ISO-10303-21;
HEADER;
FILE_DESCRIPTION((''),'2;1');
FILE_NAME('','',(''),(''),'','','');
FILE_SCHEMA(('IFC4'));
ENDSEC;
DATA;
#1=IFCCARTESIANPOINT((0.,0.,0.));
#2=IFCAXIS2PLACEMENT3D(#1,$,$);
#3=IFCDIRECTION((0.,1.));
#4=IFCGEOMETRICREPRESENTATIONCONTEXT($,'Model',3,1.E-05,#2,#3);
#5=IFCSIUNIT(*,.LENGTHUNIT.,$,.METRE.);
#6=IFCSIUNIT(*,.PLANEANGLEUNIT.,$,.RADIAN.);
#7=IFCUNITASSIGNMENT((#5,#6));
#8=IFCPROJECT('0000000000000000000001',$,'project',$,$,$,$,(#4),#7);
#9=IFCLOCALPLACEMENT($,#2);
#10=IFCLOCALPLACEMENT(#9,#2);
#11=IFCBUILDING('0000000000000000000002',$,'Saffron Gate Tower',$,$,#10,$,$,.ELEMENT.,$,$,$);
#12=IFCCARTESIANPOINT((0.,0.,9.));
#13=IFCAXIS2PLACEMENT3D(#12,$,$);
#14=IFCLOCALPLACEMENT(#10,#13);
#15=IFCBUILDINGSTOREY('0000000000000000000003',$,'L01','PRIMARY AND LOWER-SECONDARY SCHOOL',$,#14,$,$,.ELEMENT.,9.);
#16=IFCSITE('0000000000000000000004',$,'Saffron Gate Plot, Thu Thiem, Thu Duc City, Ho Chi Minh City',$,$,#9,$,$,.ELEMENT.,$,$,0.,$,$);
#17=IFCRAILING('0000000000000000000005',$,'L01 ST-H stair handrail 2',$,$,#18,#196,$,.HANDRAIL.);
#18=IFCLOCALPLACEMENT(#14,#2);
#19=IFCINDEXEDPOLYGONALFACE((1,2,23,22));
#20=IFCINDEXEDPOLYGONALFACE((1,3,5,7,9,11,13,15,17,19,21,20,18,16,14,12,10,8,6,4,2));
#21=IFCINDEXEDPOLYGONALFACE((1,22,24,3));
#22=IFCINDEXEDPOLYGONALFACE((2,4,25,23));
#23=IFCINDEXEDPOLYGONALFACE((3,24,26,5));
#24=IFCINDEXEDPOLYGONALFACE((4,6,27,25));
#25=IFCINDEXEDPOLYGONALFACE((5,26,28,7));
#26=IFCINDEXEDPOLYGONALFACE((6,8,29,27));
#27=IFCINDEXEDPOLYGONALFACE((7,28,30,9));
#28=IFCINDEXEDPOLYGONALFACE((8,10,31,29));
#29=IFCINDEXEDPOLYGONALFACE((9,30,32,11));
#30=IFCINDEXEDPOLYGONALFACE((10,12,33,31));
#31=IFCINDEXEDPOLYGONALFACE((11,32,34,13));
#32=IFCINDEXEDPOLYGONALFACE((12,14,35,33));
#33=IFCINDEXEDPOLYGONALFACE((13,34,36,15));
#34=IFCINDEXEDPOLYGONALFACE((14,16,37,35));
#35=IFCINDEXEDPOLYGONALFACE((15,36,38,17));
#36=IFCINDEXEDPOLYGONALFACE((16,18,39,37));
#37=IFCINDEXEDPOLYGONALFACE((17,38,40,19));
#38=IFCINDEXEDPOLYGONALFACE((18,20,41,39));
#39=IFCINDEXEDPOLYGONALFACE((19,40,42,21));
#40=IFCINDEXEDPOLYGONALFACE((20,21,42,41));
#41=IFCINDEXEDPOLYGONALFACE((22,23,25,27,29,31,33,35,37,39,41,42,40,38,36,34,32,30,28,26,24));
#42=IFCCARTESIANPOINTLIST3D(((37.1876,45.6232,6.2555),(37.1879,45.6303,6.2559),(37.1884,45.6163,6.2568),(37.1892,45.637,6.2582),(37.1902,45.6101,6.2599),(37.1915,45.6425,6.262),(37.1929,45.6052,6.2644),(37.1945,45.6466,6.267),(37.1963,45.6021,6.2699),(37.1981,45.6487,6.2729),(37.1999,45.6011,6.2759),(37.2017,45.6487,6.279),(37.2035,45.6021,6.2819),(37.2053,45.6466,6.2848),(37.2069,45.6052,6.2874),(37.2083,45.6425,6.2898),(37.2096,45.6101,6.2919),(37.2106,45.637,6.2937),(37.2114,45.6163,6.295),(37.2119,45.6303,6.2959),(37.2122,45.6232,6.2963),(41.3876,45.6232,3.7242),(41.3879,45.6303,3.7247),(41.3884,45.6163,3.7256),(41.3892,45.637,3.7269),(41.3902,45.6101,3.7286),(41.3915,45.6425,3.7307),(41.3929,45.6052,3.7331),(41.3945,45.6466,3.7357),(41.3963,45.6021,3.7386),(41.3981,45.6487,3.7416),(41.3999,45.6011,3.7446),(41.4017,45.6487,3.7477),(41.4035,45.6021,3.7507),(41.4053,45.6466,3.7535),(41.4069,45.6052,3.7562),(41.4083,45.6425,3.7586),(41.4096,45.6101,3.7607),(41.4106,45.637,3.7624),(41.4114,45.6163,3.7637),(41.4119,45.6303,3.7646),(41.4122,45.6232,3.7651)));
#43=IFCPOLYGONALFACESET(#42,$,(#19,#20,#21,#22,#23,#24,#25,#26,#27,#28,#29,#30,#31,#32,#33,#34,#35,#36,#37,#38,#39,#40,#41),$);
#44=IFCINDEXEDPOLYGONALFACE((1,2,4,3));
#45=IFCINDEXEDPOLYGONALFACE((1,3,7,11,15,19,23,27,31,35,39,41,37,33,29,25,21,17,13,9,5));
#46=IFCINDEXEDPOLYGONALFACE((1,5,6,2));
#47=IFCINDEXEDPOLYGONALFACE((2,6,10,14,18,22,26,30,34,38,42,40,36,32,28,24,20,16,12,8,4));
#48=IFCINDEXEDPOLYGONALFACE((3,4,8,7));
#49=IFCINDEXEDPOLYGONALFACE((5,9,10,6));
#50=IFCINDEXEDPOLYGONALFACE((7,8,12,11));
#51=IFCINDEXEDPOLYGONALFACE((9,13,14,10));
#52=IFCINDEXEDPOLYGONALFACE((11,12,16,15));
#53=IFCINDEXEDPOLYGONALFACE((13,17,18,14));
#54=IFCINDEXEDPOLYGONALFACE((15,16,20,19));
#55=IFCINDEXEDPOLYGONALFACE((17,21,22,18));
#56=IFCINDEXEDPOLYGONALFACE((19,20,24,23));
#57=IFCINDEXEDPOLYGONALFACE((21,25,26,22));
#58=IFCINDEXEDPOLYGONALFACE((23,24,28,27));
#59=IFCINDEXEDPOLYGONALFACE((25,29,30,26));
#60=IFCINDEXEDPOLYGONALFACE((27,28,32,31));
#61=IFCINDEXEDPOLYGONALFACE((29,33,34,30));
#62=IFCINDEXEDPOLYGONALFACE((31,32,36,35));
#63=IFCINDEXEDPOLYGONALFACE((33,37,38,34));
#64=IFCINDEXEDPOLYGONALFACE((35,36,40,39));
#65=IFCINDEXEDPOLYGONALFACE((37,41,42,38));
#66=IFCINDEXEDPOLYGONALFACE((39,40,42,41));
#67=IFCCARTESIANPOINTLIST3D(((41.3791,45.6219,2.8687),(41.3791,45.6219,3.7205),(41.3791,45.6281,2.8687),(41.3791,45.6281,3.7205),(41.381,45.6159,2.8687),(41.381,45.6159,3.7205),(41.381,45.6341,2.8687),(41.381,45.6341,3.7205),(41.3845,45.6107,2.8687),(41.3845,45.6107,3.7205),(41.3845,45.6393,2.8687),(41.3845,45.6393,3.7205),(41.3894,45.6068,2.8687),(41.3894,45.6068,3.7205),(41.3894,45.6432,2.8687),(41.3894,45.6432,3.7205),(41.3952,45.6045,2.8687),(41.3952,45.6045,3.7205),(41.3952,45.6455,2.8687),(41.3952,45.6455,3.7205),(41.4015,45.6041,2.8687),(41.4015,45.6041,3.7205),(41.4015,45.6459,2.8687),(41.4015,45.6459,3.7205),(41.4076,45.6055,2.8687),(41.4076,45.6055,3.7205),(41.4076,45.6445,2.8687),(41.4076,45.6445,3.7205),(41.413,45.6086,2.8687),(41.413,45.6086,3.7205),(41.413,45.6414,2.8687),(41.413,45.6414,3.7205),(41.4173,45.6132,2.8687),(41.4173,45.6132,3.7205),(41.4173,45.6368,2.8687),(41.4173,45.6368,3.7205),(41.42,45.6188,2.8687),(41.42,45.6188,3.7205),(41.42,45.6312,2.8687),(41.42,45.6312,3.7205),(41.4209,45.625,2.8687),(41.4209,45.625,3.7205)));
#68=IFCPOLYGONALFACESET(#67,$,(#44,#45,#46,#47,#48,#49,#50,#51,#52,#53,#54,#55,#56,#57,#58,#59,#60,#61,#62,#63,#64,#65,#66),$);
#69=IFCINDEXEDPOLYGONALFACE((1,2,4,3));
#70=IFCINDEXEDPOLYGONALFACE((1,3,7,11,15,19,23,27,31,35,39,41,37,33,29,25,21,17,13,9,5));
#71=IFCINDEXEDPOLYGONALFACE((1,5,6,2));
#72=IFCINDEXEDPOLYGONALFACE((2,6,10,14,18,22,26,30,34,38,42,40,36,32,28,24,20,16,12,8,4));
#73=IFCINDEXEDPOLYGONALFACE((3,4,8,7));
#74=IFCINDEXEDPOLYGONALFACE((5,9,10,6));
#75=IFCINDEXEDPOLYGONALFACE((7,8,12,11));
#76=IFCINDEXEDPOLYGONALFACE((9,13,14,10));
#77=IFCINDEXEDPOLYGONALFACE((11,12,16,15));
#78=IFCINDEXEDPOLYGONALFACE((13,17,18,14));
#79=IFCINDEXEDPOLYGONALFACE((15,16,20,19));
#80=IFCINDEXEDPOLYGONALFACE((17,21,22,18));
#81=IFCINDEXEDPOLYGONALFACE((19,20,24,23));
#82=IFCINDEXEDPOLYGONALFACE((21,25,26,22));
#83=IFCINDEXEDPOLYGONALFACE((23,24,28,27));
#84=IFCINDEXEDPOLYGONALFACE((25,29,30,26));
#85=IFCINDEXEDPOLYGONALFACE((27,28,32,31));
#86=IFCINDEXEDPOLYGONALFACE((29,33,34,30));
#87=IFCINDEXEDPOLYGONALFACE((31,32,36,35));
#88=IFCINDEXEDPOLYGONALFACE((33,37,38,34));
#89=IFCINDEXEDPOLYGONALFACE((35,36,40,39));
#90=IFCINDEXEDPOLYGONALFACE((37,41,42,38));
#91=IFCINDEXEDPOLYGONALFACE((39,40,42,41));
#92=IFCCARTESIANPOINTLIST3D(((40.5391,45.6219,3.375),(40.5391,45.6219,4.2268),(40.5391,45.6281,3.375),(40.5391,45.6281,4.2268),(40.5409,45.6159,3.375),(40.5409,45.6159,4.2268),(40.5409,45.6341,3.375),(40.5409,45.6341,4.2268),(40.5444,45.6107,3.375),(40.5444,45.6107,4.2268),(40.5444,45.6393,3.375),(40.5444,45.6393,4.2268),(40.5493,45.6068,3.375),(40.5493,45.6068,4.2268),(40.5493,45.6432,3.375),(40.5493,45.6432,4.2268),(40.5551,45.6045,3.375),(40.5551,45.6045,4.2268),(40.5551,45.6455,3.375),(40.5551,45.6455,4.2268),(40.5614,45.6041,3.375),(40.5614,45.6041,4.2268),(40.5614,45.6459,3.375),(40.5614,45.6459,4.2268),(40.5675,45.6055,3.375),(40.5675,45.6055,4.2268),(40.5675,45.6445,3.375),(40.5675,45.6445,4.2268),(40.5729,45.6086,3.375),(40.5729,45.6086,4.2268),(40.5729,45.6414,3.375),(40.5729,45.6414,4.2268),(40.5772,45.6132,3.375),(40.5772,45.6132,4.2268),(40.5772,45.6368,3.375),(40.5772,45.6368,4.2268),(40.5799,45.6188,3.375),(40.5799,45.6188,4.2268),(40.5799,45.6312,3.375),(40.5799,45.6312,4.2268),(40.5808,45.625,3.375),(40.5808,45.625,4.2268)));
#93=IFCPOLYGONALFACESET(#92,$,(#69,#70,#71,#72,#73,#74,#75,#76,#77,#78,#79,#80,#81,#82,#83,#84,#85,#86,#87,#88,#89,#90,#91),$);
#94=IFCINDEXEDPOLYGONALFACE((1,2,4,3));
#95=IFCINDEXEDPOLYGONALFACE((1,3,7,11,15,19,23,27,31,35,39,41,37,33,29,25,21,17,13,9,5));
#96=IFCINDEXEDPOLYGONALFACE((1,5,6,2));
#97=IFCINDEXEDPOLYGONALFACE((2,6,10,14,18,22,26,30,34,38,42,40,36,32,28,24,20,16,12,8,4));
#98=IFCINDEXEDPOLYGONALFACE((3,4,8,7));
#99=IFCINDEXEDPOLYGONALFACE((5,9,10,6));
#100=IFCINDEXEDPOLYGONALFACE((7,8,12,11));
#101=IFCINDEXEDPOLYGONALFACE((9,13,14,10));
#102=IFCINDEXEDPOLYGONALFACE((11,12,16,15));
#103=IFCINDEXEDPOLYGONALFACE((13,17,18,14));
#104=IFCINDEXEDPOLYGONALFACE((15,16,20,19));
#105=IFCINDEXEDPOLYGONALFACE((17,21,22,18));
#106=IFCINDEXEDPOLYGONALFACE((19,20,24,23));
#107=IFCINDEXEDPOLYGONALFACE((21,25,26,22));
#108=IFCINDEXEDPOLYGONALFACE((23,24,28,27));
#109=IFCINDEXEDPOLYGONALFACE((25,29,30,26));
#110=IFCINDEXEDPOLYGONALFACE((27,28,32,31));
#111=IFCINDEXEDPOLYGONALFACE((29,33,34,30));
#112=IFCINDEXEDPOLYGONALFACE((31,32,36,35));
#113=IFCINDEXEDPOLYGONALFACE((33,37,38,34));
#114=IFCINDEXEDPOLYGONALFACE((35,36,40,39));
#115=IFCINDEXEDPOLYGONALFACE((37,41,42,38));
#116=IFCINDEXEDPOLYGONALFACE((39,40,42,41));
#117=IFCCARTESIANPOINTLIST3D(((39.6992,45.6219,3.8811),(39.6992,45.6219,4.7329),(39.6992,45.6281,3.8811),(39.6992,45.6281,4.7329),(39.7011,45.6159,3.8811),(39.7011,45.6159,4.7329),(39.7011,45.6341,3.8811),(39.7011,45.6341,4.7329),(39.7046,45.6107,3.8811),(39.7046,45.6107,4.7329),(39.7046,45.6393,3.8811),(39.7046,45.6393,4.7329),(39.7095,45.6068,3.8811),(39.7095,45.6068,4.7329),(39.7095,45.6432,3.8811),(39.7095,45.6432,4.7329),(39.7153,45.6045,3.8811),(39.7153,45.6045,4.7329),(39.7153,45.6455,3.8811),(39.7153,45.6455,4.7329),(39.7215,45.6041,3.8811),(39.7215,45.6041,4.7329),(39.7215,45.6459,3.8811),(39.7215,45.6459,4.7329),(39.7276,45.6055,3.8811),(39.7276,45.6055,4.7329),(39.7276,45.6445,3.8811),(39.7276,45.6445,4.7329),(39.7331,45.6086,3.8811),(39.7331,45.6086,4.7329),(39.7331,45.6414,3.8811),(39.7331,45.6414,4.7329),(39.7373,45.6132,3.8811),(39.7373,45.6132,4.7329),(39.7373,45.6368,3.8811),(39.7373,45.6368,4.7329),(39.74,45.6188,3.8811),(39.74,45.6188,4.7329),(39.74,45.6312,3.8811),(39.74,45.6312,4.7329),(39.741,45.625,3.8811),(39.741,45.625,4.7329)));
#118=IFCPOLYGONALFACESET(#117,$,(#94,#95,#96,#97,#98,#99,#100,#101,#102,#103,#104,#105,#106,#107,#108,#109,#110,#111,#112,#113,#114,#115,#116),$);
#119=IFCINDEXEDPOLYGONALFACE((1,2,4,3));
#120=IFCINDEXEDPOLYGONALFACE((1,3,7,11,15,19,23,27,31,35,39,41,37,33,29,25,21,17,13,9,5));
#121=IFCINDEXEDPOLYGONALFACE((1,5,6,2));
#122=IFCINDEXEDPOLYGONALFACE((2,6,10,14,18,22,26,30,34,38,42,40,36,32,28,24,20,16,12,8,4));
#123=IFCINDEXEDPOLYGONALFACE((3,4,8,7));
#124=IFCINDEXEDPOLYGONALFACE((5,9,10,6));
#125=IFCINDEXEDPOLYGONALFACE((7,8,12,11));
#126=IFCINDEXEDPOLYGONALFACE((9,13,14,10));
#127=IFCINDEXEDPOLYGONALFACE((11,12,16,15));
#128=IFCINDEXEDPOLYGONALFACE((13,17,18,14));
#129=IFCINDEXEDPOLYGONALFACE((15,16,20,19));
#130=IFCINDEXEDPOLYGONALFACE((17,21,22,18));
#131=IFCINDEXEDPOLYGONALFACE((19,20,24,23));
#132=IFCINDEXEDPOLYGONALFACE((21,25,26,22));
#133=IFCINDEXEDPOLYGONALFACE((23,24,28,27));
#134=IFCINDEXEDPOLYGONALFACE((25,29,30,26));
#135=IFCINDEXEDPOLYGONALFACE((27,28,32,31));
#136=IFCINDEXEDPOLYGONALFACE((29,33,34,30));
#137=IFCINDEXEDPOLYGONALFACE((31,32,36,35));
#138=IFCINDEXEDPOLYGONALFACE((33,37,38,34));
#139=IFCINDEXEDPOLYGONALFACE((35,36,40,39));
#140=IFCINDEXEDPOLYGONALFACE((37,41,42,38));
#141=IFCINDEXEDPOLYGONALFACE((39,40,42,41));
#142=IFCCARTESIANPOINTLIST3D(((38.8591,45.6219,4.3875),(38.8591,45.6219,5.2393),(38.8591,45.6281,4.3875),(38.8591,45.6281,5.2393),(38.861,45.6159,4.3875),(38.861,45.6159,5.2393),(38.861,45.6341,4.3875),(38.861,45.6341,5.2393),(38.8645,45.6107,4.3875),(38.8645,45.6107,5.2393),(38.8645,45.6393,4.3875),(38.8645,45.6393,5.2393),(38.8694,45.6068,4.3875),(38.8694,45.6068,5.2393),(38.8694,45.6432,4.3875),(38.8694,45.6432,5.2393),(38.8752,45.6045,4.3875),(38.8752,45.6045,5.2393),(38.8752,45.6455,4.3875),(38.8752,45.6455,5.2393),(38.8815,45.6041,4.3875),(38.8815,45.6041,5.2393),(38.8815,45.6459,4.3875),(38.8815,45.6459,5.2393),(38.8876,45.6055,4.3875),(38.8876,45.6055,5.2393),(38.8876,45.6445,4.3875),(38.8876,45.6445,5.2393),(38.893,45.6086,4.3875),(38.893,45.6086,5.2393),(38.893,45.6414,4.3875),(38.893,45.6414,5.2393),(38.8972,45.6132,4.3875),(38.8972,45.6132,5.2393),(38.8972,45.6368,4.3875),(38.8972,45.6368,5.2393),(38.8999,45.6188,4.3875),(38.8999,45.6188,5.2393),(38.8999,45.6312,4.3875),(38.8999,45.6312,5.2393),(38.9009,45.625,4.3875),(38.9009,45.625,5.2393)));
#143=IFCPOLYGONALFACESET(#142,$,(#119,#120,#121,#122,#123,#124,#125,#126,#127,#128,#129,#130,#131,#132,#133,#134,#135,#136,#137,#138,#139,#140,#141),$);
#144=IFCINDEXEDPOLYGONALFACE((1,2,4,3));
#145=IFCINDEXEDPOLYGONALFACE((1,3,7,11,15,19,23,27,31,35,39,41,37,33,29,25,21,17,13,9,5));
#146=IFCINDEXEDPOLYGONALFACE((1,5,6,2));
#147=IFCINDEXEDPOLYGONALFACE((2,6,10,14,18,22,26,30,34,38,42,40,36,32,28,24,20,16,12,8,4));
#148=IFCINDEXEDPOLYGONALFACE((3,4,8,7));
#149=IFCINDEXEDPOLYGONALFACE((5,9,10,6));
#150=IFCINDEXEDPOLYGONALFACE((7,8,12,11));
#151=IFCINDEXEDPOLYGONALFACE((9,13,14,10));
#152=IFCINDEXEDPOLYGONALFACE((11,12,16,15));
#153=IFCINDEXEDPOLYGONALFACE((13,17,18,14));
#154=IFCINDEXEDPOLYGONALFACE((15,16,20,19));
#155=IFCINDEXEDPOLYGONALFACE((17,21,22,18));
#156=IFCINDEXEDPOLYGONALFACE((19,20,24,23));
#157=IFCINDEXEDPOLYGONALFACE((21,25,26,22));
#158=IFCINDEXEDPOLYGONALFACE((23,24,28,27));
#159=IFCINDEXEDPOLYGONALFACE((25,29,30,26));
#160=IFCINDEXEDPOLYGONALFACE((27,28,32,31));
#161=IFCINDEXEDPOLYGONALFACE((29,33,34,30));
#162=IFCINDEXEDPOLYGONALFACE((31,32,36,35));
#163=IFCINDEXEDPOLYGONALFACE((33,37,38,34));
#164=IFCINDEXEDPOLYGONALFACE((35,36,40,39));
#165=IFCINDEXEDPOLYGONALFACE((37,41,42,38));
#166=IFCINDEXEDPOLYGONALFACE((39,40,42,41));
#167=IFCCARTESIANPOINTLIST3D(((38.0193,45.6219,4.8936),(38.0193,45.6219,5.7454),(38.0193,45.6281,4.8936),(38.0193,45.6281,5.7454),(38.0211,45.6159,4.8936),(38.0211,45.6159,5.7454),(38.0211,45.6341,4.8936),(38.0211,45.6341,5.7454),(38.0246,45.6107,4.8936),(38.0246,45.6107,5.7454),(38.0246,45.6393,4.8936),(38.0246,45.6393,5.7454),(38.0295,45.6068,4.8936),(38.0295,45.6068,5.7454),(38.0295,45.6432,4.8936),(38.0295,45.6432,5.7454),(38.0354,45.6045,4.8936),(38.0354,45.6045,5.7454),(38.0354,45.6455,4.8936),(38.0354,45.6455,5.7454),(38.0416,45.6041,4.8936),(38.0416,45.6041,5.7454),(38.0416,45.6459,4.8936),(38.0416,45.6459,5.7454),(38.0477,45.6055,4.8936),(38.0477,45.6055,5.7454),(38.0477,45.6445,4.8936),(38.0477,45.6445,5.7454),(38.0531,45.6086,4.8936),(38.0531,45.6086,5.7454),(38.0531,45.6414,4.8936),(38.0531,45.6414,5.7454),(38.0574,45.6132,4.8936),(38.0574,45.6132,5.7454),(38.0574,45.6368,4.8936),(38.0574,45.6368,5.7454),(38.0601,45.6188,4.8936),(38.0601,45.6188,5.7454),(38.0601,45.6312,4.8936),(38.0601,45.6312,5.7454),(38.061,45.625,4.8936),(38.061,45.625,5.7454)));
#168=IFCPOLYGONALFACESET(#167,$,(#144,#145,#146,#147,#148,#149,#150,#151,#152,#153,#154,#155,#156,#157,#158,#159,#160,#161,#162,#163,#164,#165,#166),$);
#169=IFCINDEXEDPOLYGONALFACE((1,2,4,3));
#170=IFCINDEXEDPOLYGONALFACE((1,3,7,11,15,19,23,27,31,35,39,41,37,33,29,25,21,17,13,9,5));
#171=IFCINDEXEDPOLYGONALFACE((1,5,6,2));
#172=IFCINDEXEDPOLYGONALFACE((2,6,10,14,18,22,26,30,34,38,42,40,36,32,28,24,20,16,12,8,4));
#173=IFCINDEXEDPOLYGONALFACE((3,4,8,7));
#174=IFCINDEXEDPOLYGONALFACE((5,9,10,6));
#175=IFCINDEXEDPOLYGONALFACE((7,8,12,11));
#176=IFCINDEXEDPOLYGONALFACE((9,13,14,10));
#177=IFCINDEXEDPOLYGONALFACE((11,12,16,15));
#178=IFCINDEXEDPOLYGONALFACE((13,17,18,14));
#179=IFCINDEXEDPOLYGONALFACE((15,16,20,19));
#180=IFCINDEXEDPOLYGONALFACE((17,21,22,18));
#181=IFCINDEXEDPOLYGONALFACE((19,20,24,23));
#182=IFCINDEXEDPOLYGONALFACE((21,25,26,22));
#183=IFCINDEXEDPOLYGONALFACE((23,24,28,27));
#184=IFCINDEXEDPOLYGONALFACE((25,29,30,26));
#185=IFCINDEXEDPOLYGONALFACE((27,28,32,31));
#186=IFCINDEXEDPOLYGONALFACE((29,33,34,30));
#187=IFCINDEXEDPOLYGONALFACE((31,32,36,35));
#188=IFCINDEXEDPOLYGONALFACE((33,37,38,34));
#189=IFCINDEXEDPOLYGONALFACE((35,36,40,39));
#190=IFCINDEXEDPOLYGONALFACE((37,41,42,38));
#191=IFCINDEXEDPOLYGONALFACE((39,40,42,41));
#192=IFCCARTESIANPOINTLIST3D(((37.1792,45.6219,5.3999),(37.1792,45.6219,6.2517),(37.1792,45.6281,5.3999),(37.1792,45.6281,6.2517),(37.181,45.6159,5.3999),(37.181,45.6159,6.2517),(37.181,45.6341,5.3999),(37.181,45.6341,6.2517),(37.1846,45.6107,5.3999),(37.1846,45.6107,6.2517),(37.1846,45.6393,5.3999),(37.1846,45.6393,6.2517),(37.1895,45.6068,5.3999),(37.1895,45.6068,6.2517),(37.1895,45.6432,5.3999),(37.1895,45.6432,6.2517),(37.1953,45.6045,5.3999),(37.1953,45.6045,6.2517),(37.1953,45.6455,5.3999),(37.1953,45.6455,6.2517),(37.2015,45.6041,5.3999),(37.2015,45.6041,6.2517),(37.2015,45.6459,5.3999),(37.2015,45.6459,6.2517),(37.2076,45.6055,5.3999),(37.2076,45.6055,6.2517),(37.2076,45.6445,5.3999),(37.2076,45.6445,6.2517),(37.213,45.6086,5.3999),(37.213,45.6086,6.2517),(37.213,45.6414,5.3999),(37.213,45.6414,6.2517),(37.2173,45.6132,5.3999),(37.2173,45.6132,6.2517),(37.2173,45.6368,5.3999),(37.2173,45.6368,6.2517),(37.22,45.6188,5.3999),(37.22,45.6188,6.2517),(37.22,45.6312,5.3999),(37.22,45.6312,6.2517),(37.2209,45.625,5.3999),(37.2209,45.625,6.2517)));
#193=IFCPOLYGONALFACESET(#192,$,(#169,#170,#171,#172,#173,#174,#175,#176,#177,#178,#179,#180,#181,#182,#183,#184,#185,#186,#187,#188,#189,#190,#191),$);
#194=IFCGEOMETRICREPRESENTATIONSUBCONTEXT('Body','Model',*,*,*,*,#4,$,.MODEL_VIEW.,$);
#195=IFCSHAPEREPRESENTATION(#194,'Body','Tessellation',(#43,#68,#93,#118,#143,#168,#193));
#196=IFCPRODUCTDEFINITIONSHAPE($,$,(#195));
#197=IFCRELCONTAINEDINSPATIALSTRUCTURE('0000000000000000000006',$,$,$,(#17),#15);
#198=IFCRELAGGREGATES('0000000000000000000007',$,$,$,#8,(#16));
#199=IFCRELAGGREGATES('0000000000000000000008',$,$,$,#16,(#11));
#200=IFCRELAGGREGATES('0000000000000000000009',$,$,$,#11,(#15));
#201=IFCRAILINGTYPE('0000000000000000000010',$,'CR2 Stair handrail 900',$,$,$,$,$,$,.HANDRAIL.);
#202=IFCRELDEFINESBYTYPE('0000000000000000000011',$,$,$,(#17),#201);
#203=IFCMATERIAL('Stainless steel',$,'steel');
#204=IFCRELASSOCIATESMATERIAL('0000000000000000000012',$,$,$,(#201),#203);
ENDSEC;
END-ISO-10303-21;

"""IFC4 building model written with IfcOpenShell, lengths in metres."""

from ifc_helpers import new_model, si_unit, direction, frame, origin, origin_2d, place, context, subcontext, project, spatial, circle, extrude, material, type_object, element, save


model = new_model("IFC4")

# Units and contexts
model_context = context("Model", 3, precision=1e-05, world=origin(), true_north=direction((0.0, 1.0)))
body_context = subcontext(model_context, "Body", "Model", "MODEL_VIEW")
ifc_project = project(units=[si_unit("LENGTHUNIT", "METRE"), si_unit("PLANEANGLEUNIT", "RADIAN")], contexts=[model_context])

# Site, building, storey
site_placement = place(None, origin())
site = spatial("IfcSite", under=ifc_project, at=site_placement, Name="Saffron Gate Plot, Thu Thiem, Thu Duc City, Ho Chi Minh City", CompositionType="ELEMENT", RefElevation=0.0)
building_placement = place(site_placement, origin())
building = spatial("IfcBuilding", under=site, at=building_placement, Name="Saffron Gate Tower", CompositionType="ELEMENT")
storey_placement = place(building_placement, frame((0.0, 0.0, 9.0)))
storey = spatial("IfcBuildingStorey", under=building, at=storey_placement, Name="L01", Description="PRIMARY AND LOWER-SECONDARY SCHOOL", CompositionType="ELEMENT", Elevation=9.0)

# Railing
ifc_material_1 = material(Name="Stainless steel", Category="steel")
railing_type_1 = type_object("IfcRailingType", Name="CR2 Stair handrail 900", PredefinedType="HANDRAIL", material=ifc_material_1)
railing_1_placement = place(storey_placement, frame((41.3999, 45.625, 2.8687)))
element("IfcRailing", 1, at=railing_1_placement, inside=storey, type_object=railing_type_1, Name="L01 ST-H stair handrail 2", PredefinedType="HANDRAIL", context=body_context, shape_type="SweptSolid", body=[
    extrude(circle(Radius=0.0239, at=origin_2d()), frame((0.0, 0.0, 0.876), z_axis=(-0.856476, 0.0, 0.516186), x_axis=(0.0, -1.0, 0.0)), (0.0, 0.0, 1.0), 4.9038),
    extrude(circle(Radius=0.021, at=origin_2d()), origin(), (0.0, 0.0, 1.0), 0.8518),
    extrude(circle(Radius=0.021, at=origin_2d()), frame((-0.8401, 0.0, 0.5063)), (0.0, 0.0, 1.0), 0.8518),
    extrude(circle(Radius=0.021, at=origin_2d()), frame((-1.6799, 0.0, 1.0125)), (0.0, 0.0, 1.0), 0.8518),
    extrude(circle(Radius=0.021, at=origin_2d()), frame((-2.52, 0.0, 1.5188)), (0.0, 0.0, 1.0), 0.8518),
    extrude(circle(Radius=0.021, at=origin_2d()), frame((-3.3599, 0.0, 2.0249)), (0.0, 0.0, 1.0), 0.8518),
    extrude(circle(Radius=0.021, at=origin_2d()), frame((-4.2, 0.0, 2.5312)), (0.0, 0.0, 1.0), 0.8518),
])

save(model, "model.ifc")
